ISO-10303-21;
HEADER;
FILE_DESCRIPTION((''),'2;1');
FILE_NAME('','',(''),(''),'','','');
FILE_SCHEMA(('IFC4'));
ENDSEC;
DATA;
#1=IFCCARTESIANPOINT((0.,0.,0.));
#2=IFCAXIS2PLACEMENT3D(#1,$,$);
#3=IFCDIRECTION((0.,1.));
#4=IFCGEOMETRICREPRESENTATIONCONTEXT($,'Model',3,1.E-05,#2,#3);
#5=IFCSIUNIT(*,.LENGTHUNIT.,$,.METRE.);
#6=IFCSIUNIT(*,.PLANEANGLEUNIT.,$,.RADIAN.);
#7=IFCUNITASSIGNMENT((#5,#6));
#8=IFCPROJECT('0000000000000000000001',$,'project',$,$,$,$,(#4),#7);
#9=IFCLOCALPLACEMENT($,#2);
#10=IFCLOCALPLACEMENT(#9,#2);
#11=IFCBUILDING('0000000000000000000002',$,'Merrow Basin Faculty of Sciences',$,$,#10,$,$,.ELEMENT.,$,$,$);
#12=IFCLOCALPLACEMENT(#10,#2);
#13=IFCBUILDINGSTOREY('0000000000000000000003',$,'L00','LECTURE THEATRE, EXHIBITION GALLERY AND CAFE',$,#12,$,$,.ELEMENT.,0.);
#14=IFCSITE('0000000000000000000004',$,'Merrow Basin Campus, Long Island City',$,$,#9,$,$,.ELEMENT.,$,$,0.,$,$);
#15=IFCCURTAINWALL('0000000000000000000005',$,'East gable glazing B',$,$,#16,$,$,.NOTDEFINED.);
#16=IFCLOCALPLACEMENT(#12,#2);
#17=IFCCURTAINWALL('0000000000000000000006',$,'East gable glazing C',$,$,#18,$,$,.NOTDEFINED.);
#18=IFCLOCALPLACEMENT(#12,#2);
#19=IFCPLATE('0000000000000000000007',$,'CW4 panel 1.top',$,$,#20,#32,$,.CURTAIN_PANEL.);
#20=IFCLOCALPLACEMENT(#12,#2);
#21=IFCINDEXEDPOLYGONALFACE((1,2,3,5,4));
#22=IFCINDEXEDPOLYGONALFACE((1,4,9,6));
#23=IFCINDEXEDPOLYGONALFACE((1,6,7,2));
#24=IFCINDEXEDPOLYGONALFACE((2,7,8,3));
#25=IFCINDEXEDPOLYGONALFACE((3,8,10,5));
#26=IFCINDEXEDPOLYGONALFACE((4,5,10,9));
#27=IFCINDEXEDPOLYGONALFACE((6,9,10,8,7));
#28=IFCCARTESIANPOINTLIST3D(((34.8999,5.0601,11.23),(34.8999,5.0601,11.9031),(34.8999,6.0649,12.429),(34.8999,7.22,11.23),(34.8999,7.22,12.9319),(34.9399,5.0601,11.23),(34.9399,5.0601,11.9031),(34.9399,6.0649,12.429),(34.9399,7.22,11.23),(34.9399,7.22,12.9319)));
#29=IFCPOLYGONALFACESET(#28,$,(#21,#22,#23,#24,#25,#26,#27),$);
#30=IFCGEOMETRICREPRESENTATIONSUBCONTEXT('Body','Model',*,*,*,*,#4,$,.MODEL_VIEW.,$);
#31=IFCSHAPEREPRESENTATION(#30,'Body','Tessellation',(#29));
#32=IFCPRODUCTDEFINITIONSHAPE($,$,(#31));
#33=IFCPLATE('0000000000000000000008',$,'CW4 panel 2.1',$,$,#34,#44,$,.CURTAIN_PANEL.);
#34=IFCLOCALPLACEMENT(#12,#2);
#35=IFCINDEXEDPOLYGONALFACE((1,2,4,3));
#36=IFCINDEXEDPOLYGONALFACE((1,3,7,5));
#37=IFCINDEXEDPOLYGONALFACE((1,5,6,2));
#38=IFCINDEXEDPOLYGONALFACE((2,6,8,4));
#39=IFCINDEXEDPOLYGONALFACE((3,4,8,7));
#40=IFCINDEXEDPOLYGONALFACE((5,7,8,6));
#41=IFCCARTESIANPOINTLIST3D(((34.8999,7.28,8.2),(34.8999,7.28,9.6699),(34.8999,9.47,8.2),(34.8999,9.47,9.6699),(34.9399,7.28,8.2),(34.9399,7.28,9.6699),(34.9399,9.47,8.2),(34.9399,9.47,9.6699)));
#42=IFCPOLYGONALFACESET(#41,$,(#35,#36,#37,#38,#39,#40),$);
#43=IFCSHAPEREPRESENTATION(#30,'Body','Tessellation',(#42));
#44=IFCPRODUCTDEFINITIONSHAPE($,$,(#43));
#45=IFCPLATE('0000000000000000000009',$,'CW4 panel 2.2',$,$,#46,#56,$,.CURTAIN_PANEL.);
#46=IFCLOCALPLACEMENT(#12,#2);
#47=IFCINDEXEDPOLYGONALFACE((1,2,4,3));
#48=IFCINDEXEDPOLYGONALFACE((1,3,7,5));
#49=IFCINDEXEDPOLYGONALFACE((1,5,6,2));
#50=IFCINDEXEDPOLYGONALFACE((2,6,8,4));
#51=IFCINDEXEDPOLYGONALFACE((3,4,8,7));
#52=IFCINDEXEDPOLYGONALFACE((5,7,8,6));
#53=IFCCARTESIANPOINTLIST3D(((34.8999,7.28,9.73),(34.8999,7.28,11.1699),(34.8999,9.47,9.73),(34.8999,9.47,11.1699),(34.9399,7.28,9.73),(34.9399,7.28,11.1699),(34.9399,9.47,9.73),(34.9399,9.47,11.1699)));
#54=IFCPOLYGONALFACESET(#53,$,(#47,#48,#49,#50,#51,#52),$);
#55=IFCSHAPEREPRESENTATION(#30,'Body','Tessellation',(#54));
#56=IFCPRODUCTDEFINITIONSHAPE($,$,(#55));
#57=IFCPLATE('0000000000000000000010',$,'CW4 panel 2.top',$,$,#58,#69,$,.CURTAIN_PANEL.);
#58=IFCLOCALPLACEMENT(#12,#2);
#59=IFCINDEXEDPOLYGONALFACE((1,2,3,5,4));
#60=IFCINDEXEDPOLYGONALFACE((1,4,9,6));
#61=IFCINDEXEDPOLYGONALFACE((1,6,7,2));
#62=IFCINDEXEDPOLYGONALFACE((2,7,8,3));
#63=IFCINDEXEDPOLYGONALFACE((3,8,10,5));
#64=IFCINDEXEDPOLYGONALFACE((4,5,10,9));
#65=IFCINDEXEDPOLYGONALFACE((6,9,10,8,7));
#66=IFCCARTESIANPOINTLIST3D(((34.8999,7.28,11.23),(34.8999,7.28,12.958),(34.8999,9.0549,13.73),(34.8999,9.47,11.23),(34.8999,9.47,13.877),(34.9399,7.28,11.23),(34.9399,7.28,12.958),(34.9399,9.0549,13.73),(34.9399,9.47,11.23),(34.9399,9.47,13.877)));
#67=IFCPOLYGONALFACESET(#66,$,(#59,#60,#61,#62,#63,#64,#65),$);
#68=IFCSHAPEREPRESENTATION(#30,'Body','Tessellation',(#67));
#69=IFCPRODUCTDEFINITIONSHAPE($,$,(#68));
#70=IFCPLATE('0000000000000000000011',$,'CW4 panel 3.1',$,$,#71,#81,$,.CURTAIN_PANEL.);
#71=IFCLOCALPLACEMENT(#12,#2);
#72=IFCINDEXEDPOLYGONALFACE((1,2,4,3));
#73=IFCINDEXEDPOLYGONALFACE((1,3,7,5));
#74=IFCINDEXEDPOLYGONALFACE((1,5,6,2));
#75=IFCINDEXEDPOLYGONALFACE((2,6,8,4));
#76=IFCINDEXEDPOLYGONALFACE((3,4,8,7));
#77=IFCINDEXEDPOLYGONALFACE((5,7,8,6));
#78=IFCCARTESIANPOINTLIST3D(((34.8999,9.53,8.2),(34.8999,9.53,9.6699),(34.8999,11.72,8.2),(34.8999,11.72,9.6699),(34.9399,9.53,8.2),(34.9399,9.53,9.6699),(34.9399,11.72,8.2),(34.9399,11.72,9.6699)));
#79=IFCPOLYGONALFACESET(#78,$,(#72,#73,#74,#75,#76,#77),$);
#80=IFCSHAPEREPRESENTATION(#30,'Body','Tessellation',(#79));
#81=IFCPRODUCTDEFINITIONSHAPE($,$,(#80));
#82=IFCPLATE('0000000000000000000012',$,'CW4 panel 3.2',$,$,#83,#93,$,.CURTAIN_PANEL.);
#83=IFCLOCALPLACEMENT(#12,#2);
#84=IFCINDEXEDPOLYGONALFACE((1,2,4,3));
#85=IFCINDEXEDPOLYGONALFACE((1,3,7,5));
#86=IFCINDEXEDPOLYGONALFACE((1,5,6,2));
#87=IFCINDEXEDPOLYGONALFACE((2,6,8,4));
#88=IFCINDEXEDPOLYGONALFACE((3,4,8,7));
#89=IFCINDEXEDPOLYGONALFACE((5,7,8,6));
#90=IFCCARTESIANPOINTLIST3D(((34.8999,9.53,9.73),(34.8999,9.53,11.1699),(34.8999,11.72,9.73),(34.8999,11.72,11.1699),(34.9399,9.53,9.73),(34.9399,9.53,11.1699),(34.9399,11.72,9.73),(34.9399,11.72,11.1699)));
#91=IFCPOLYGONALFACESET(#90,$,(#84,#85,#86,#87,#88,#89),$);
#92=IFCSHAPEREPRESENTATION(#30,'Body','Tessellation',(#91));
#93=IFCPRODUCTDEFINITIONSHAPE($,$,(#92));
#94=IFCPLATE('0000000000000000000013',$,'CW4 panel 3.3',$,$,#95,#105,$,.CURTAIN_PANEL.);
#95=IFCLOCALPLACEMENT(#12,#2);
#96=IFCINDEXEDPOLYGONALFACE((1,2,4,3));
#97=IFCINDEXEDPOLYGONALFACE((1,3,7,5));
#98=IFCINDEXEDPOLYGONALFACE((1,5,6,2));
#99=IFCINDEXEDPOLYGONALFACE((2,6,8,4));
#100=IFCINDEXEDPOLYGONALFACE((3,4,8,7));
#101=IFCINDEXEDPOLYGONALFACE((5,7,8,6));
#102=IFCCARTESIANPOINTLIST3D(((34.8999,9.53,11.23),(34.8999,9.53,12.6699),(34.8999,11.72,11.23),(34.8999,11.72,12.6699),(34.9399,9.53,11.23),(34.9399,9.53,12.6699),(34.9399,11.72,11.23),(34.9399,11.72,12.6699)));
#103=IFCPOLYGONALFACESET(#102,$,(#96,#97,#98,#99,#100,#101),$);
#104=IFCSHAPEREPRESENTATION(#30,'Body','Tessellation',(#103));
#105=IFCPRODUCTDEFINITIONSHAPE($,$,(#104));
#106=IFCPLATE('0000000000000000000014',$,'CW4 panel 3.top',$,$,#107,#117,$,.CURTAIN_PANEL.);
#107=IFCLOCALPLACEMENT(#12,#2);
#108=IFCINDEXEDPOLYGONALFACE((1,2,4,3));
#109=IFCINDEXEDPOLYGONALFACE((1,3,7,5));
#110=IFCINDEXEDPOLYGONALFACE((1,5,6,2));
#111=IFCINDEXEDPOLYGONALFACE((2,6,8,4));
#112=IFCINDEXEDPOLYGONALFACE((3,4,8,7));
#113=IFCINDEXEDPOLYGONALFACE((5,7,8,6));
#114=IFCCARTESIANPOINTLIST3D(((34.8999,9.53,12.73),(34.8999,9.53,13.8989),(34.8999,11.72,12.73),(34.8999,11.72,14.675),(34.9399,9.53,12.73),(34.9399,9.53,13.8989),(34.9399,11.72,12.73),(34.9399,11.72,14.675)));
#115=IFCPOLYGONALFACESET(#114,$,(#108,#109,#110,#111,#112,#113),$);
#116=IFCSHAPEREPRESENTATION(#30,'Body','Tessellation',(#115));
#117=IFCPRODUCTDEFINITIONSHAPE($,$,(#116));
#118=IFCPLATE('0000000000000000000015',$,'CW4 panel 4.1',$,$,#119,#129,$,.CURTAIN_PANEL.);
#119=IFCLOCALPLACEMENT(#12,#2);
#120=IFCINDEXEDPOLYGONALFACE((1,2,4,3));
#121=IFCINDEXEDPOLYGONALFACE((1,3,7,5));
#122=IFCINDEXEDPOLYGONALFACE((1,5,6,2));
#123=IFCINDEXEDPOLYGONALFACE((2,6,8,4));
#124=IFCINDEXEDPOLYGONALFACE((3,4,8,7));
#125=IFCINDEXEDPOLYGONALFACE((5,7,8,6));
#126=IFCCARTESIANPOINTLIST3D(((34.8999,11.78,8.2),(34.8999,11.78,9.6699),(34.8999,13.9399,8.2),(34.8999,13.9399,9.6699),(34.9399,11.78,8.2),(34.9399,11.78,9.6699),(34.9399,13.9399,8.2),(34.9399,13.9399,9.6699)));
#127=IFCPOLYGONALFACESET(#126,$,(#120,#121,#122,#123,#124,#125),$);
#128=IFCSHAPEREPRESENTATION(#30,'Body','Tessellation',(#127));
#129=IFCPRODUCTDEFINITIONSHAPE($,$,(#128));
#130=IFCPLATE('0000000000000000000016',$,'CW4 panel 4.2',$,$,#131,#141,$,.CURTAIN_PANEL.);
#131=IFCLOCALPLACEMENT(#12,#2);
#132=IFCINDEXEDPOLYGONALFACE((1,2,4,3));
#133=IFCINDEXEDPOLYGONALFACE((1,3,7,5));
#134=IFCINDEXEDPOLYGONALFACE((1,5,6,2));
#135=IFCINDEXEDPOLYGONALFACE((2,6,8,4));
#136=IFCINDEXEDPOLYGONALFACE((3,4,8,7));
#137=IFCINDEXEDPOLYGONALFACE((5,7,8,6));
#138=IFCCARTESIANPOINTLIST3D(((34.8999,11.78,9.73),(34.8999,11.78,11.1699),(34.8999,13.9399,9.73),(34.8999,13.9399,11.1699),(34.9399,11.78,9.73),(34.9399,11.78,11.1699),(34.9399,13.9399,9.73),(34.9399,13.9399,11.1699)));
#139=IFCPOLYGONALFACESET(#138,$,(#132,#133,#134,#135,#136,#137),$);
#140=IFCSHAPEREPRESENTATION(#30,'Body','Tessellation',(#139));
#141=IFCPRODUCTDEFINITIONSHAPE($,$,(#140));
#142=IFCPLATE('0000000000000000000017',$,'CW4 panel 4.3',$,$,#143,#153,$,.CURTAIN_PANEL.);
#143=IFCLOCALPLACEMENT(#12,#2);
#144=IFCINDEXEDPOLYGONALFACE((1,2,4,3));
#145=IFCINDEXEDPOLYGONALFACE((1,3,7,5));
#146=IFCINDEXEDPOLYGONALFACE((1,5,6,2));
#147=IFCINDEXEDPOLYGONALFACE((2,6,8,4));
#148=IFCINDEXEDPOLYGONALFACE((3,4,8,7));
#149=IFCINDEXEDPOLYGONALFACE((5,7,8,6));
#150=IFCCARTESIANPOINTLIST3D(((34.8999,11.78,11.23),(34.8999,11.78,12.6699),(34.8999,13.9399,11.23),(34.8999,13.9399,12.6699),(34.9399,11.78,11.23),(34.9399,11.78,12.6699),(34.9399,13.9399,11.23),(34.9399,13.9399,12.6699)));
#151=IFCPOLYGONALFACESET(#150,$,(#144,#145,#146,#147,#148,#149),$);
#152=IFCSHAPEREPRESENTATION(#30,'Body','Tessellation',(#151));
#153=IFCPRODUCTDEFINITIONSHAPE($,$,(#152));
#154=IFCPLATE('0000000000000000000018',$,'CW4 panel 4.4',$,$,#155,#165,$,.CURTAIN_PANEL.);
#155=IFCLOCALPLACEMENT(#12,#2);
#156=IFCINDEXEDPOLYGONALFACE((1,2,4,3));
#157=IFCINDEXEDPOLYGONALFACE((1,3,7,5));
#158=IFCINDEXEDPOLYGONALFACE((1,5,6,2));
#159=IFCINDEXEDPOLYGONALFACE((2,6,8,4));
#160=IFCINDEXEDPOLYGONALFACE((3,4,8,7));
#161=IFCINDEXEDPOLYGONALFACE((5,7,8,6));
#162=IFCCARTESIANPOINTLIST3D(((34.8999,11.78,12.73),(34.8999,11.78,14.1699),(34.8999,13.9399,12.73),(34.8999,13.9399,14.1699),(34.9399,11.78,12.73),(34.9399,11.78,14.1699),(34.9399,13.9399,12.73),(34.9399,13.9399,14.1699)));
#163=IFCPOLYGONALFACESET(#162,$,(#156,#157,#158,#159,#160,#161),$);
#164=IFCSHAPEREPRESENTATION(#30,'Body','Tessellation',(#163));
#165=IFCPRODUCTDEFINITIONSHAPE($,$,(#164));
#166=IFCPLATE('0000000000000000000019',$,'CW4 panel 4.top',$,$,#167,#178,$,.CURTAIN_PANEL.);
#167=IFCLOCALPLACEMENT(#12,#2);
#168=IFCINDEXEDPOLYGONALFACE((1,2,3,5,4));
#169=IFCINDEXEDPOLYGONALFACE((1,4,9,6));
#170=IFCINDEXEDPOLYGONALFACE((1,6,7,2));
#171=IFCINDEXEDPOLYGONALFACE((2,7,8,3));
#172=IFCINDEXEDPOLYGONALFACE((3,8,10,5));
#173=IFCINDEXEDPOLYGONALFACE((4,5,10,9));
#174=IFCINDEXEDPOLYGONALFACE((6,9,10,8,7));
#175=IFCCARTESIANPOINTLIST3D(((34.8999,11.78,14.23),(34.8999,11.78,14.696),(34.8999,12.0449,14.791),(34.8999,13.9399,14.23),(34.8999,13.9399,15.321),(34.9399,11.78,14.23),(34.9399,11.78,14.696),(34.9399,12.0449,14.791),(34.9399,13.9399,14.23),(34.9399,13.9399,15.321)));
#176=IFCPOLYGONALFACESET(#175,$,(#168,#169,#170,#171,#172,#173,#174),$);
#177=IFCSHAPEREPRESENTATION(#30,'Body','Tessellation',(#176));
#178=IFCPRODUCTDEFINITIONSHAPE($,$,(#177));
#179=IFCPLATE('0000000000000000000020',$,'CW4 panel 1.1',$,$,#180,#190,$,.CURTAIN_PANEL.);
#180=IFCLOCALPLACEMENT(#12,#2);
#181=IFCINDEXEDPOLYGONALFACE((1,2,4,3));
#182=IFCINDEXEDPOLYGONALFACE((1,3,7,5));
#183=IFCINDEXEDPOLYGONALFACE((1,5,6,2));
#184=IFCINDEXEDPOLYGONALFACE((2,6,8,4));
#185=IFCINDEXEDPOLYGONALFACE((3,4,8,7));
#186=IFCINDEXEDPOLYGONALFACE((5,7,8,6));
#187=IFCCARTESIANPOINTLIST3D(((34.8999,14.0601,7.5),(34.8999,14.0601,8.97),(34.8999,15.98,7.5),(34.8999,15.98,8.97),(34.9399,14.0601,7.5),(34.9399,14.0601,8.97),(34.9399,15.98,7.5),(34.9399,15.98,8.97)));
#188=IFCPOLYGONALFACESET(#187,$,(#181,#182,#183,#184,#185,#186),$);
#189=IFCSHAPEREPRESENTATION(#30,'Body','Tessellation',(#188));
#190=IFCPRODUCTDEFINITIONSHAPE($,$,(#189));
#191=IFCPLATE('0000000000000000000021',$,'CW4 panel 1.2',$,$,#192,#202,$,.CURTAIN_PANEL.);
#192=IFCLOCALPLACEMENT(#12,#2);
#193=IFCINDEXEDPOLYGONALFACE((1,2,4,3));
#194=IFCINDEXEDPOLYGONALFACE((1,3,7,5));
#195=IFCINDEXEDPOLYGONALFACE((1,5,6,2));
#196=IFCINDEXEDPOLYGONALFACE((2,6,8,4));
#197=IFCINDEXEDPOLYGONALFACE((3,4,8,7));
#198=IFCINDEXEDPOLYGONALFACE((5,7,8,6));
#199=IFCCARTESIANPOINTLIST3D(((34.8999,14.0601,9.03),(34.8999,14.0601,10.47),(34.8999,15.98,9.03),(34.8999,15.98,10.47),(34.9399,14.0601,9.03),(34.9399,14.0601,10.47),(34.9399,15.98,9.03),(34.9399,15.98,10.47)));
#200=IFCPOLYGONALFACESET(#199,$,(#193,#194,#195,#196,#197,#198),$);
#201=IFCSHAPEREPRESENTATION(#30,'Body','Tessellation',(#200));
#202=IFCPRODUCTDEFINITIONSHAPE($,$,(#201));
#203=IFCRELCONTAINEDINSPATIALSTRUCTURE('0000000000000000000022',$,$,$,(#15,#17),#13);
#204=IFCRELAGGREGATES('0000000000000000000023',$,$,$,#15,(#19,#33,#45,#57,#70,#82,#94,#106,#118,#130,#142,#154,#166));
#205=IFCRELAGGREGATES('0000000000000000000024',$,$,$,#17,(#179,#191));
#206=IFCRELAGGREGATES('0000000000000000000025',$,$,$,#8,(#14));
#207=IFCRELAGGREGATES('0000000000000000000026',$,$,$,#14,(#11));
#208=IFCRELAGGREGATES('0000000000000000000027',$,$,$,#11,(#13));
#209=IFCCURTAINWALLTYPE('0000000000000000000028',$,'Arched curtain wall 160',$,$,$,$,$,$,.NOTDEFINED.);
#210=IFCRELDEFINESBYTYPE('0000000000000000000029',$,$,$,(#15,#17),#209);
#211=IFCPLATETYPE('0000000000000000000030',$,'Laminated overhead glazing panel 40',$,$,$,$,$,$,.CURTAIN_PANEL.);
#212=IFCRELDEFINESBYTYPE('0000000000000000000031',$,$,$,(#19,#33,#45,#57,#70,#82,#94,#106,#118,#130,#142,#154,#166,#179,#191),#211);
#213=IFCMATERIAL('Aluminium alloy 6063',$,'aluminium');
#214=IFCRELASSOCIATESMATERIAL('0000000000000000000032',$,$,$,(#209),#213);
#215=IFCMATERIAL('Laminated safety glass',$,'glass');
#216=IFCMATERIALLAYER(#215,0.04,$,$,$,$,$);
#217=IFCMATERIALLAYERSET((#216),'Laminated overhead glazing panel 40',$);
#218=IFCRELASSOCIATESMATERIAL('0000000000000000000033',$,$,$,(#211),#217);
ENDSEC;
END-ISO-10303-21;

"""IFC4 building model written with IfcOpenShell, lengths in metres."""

from ifc_helpers import new_model, si_unit, direction, frame, origin, place, context, subcontext, project, spatial, polyline, outline, extrude, material, layer, layer_set, type_object, element, aggregate, save


model = new_model("IFC4")

# Units and contexts
model_context = context("Model", 3, precision=1e-05, world=origin(), true_north=direction((0.0, 1.0)))
body_context = subcontext(model_context, "Body", "Model", "MODEL_VIEW")
ifc_project = project(units=[si_unit("LENGTHUNIT", "METRE"), si_unit("PLANEANGLEUNIT", "RADIAN")], contexts=[model_context])

# Site, building, storey
site_placement = place(None, origin())
site = spatial("IfcSite", under=ifc_project, at=site_placement, Name="Merrow Basin Campus, Long Island City", CompositionType="ELEMENT", RefElevation=0.0)
building_placement = place(site_placement, origin())
building = spatial("IfcBuilding", under=site, at=building_placement, Name="Merrow Basin Faculty of Sciences", CompositionType="ELEMENT")
storey_placement = place(building_placement, origin())
storey = spatial("IfcBuildingStorey", under=building, at=storey_placement, Name="L00", Description="LECTURE THEATRE, EXHIBITION GALLERY AND CAFE", CompositionType="ELEMENT", Elevation=0.0)

# Curtain wall
ifc_material_1 = material(Name="Aluminium alloy 6063", Category="aluminium")
curtain_wall_type = type_object("IfcCurtainWallType", Name="Arched curtain wall 160", PredefinedType="NOTDEFINED", material=ifc_material_1)
curtain_wall_1_placement = place(storey_placement, origin())
curtain_wall_1 = element("IfcCurtainWall", 1, at=curtain_wall_1_placement, inside=storey, type_object=curtain_wall_type, Name="East gable glazing B", PredefinedType="NOTDEFINED")

# Curtain wall
curtain_wall_2_placement = place(storey_placement, origin())
curtain_wall_2 = element("IfcCurtainWall", 2, at=curtain_wall_2_placement, inside=storey, type_object=curtain_wall_type, Name="East gable glazing C", PredefinedType="NOTDEFINED")

# Plates
ifc_material_2 = material(Name="Laminated safety glass", Category="glass")
ifc_layer = layer(ifc_material_2, 0.04)
ifc_layer_set = layer_set([ifc_layer], Name="Laminated overhead glazing panel 40")
plate_type = type_object("IfcPlateType", Name="Laminated overhead glazing panel 40", PredefinedType="CURTAIN_PANEL", material=ifc_layer_set)
plate_1_placement = place(storey_placement, frame((34.8999, 5.0601, 11.23), z_axis=(1.0, 0.0, 0.0), x_axis=(0.0, 1.0, 0.0)))
plate_1 = element("IfcPlate", 3, at=plate_1_placement, type_object=plate_type, Name="CW4 panel 1.top", PredefinedType="CURTAIN_PANEL", context=body_context, shape_type="SweptSolid", body=[
    extrude(outline(polyline([(0.0, 0.0), (2.1599, 0.0), (2.1599, 1.7019), (1.0049, 1.199), (0.0, 0.6731), (0.0, 0.0)])), origin(), (0.0, 0.0, 1.0), 0.04),
])
plate_2_placement = place(storey_placement, frame((34.8999, 7.28, 8.2), z_axis=(1.0, 0.0, 0.0), x_axis=(0.0, 1.0, 0.0)))
plate_2 = element("IfcPlate", 4, at=plate_2_placement, type_object=plate_type, Name="CW4 panel 2.1", PredefinedType="CURTAIN_PANEL", context=body_context, shape_type="SweptSolid", body=[
    extrude(outline(polyline([(0.0, 0.0), (2.1899, 0.0), (2.1899, 1.47), (0.0, 1.47), (0.0, 0.0)])), origin(), (0.0, 0.0, 1.0), 0.04),
])
plate_3_placement = place(storey_placement, frame((34.8999, 7.28, 9.73), z_axis=(1.0, 0.0, 0.0), x_axis=(0.0, 1.0, 0.0)))
plate_3 = element("IfcPlate", 5, at=plate_3_placement, type_object=plate_type, Name="CW4 panel 2.2", PredefinedType="CURTAIN_PANEL", context=body_context, shape_type="SweptSolid", body=[
    extrude(outline(polyline([(0.0, 0.0), (2.1899, 0.0), (2.1899, 1.4399), (0.0, 1.4399), (0.0, 0.0)])), origin(), (0.0, 0.0, 1.0), 0.04),
])
plate_4_placement = place(storey_placement, frame((34.8999, 7.28, 11.23), z_axis=(1.0, 0.0, 0.0), x_axis=(0.0, 1.0, 0.0)))
plate_4 = element("IfcPlate", 6, at=plate_4_placement, type_object=plate_type, Name="CW4 panel 2.top", PredefinedType="CURTAIN_PANEL", context=body_context, shape_type="SweptSolid", body=[
    extrude(outline(polyline([(0.0, 0.0), (2.1899, 0.0), (2.1899, 2.647), (1.7749, 2.5), (0.0, 1.728), (0.0, 0.0)])), origin(), (0.0, 0.0, 1.0), 0.04),
])
plate_5_placement = place(storey_placement, frame((34.8999, 9.53, 8.2), z_axis=(1.0, 0.0, 0.0), x_axis=(0.0, 1.0, 0.0)))
plate_5 = element("IfcPlate", 7, at=plate_5_placement, type_object=plate_type, Name="CW4 panel 3.1", PredefinedType="CURTAIN_PANEL", context=body_context, shape_type="SweptSolid", body=[
    extrude(outline(polyline([(0.0, 0.0), (2.1899, 0.0), (2.1899, 1.47), (0.0, 1.47), (0.0, 0.0)])), origin(), (0.0, 0.0, 1.0), 0.04),
])
plate_6_placement = place(storey_placement, frame((34.8999, 9.53, 9.73), z_axis=(1.0, 0.0, 0.0), x_axis=(0.0, 1.0, 0.0)))
plate_6 = element("IfcPlate", 8, at=plate_6_placement, type_object=plate_type, Name="CW4 panel 3.2", PredefinedType="CURTAIN_PANEL", context=body_context, shape_type="SweptSolid", body=[
    extrude(outline(polyline([(0.0, 0.0), (2.1899, 0.0), (2.1899, 1.4399), (0.0, 1.4399), (0.0, 0.0)])), origin(), (0.0, 0.0, 1.0), 0.04),
])
plate_7_placement = place(storey_placement, frame((34.8999, 9.53, 11.23), z_axis=(1.0, 0.0, 0.0), x_axis=(0.0, 1.0, 0.0)))
plate_7 = element("IfcPlate", 9, at=plate_7_placement, type_object=plate_type, Name="CW4 panel 3.3", PredefinedType="CURTAIN_PANEL", context=body_context, shape_type="SweptSolid", body=[
    extrude(outline(polyline([(0.0, 0.0), (2.1899, 0.0), (2.1899, 1.4399), (0.0, 1.4399), (0.0, 0.0)])), origin(), (0.0, 0.0, 1.0), 0.04),
])
plate_8_placement = place(storey_placement, frame((34.8999, 9.53, 12.73), z_axis=(1.0, 0.0, 0.0), x_axis=(0.0, 1.0, 0.0)))
plate_8 = element("IfcPlate", 10, at=plate_8_placement, type_object=plate_type, Name="CW4 panel 3.top", PredefinedType="CURTAIN_PANEL", context=body_context, shape_type="SweptSolid", body=[
    extrude(outline(polyline([(0.0, 0.0), (2.1899, 0.0), (2.1899, 1.9451), (0.0, 1.1689), (0.0, 0.0)])), origin(), (0.0, 0.0, 1.0), 0.04),
])
plate_9_placement = place(storey_placement, frame((34.8999, 11.78, 8.2), z_axis=(1.0, 0.0, 0.0), x_axis=(0.0, 1.0, 0.0)))
plate_9 = element("IfcPlate", 11, at=plate_9_placement, type_object=plate_type, Name="CW4 panel 4.1", PredefinedType="CURTAIN_PANEL", context=body_context, shape_type="SweptSolid", body=[
    extrude(outline(polyline([(0.0, 0.0), (2.1599, 0.0), (2.1599, 1.47), (0.0, 1.47), (0.0, 0.0)])), origin(), (0.0, 0.0, 1.0), 0.04),
])
plate_10_placement = place(storey_placement, frame((34.8999, 11.78, 9.73), z_axis=(1.0, 0.0, 0.0), x_axis=(0.0, 1.0, 0.0)))
plate_10 = element("IfcPlate", 12, at=plate_10_placement, type_object=plate_type, Name="CW4 panel 4.2", PredefinedType="CURTAIN_PANEL", context=body_context, shape_type="SweptSolid", body=[
    extrude(outline(polyline([(0.0, 0.0), (2.1599, 0.0), (2.1599, 1.4399), (0.0, 1.4399), (0.0, 0.0)])), origin(), (0.0, 0.0, 1.0), 0.04),
])
plate_11_placement = place(storey_placement, frame((34.8999, 11.78, 11.23), z_axis=(1.0, 0.0, 0.0), x_axis=(0.0, 1.0, 0.0)))
plate_11 = element("IfcPlate", 13, at=plate_11_placement, type_object=plate_type, Name="CW4 panel 4.3", PredefinedType="CURTAIN_PANEL", context=body_context, shape_type="SweptSolid", body=[
    extrude(outline(polyline([(0.0, 0.0), (2.1599, 0.0), (2.1599, 1.4399), (0.0, 1.4399), (0.0, 0.0)])), origin(), (0.0, 0.0, 1.0), 0.04),
])
plate_12_placement = place(storey_placement, frame((34.8999, 11.78, 12.73), z_axis=(1.0, 0.0, 0.0), x_axis=(0.0, 1.0, 0.0)))
plate_12 = element("IfcPlate", 14, at=plate_12_placement, type_object=plate_type, Name="CW4 panel 4.4", PredefinedType="CURTAIN_PANEL", context=body_context, shape_type="SweptSolid", body=[
    extrude(outline(polyline([(0.0, 0.0), (2.1599, 0.0), (2.1599, 1.4399), (0.0, 1.4399), (0.0, 0.0)])), origin(), (0.0, 0.0, 1.0), 0.04),
])
plate_13_placement = place(storey_placement, frame((34.8999, 11.78, 14.23), z_axis=(1.0, 0.0, 0.0), x_axis=(0.0, 1.0, 0.0)))
plate_13 = element("IfcPlate", 15, at=plate_13_placement, type_object=plate_type, Name="CW4 panel 4.top", PredefinedType="CURTAIN_PANEL", context=body_context, shape_type="SweptSolid", body=[
    extrude(outline(polyline([(0.0, 0.0), (2.1599, 0.0), (2.1599, 1.0911), (0.2649, 0.561), (0.0, 0.4661), (0.0, 0.0)])), origin(), (0.0, 0.0, 1.0), 0.04),
])
aggregate(curtain_wall_1, [plate_1, plate_2, plate_3, plate_4, plate_5, plate_6, plate_7, plate_8, plate_9, plate_10, plate_11, plate_12, plate_13])
plate_14_placement = place(storey_placement, frame((34.8999, 14.0601, 7.5), z_axis=(1.0, 0.0, 0.0), x_axis=(0.0, 1.0, 0.0)))
plate_14 = element("IfcPlate", 16, at=plate_14_placement, type_object=plate_type, Name="CW4 panel 1.1", PredefinedType="CURTAIN_PANEL", context=body_context, shape_type="SweptSolid", body=[
    extrude(outline(polyline([(0.0, 0.0), (1.9199, 0.0), (1.9199, 1.47), (0.0, 1.47), (0.0, 0.0)])), origin(), (0.0, 0.0, 1.0), 0.04),
])
plate_15_placement = place(storey_placement, frame((34.8999, 14.0601, 9.03), z_axis=(1.0, 0.0, 0.0), x_axis=(0.0, 1.0, 0.0)))
plate_15 = element("IfcPlate", 17, at=plate_15_placement, type_object=plate_type, Name="CW4 panel 1.2", PredefinedType="CURTAIN_PANEL", context=body_context, shape_type="SweptSolid", body=[
    extrude(outline(polyline([(0.0, 0.0), (1.9199, 0.0), (1.9199, 1.4399), (0.0, 1.4399), (0.0, 0.0)])), origin(), (0.0, 0.0, 1.0), 0.04),
])
aggregate(curtain_wall_2, [plate_14, plate_15])

save(model, "model.ifc")
